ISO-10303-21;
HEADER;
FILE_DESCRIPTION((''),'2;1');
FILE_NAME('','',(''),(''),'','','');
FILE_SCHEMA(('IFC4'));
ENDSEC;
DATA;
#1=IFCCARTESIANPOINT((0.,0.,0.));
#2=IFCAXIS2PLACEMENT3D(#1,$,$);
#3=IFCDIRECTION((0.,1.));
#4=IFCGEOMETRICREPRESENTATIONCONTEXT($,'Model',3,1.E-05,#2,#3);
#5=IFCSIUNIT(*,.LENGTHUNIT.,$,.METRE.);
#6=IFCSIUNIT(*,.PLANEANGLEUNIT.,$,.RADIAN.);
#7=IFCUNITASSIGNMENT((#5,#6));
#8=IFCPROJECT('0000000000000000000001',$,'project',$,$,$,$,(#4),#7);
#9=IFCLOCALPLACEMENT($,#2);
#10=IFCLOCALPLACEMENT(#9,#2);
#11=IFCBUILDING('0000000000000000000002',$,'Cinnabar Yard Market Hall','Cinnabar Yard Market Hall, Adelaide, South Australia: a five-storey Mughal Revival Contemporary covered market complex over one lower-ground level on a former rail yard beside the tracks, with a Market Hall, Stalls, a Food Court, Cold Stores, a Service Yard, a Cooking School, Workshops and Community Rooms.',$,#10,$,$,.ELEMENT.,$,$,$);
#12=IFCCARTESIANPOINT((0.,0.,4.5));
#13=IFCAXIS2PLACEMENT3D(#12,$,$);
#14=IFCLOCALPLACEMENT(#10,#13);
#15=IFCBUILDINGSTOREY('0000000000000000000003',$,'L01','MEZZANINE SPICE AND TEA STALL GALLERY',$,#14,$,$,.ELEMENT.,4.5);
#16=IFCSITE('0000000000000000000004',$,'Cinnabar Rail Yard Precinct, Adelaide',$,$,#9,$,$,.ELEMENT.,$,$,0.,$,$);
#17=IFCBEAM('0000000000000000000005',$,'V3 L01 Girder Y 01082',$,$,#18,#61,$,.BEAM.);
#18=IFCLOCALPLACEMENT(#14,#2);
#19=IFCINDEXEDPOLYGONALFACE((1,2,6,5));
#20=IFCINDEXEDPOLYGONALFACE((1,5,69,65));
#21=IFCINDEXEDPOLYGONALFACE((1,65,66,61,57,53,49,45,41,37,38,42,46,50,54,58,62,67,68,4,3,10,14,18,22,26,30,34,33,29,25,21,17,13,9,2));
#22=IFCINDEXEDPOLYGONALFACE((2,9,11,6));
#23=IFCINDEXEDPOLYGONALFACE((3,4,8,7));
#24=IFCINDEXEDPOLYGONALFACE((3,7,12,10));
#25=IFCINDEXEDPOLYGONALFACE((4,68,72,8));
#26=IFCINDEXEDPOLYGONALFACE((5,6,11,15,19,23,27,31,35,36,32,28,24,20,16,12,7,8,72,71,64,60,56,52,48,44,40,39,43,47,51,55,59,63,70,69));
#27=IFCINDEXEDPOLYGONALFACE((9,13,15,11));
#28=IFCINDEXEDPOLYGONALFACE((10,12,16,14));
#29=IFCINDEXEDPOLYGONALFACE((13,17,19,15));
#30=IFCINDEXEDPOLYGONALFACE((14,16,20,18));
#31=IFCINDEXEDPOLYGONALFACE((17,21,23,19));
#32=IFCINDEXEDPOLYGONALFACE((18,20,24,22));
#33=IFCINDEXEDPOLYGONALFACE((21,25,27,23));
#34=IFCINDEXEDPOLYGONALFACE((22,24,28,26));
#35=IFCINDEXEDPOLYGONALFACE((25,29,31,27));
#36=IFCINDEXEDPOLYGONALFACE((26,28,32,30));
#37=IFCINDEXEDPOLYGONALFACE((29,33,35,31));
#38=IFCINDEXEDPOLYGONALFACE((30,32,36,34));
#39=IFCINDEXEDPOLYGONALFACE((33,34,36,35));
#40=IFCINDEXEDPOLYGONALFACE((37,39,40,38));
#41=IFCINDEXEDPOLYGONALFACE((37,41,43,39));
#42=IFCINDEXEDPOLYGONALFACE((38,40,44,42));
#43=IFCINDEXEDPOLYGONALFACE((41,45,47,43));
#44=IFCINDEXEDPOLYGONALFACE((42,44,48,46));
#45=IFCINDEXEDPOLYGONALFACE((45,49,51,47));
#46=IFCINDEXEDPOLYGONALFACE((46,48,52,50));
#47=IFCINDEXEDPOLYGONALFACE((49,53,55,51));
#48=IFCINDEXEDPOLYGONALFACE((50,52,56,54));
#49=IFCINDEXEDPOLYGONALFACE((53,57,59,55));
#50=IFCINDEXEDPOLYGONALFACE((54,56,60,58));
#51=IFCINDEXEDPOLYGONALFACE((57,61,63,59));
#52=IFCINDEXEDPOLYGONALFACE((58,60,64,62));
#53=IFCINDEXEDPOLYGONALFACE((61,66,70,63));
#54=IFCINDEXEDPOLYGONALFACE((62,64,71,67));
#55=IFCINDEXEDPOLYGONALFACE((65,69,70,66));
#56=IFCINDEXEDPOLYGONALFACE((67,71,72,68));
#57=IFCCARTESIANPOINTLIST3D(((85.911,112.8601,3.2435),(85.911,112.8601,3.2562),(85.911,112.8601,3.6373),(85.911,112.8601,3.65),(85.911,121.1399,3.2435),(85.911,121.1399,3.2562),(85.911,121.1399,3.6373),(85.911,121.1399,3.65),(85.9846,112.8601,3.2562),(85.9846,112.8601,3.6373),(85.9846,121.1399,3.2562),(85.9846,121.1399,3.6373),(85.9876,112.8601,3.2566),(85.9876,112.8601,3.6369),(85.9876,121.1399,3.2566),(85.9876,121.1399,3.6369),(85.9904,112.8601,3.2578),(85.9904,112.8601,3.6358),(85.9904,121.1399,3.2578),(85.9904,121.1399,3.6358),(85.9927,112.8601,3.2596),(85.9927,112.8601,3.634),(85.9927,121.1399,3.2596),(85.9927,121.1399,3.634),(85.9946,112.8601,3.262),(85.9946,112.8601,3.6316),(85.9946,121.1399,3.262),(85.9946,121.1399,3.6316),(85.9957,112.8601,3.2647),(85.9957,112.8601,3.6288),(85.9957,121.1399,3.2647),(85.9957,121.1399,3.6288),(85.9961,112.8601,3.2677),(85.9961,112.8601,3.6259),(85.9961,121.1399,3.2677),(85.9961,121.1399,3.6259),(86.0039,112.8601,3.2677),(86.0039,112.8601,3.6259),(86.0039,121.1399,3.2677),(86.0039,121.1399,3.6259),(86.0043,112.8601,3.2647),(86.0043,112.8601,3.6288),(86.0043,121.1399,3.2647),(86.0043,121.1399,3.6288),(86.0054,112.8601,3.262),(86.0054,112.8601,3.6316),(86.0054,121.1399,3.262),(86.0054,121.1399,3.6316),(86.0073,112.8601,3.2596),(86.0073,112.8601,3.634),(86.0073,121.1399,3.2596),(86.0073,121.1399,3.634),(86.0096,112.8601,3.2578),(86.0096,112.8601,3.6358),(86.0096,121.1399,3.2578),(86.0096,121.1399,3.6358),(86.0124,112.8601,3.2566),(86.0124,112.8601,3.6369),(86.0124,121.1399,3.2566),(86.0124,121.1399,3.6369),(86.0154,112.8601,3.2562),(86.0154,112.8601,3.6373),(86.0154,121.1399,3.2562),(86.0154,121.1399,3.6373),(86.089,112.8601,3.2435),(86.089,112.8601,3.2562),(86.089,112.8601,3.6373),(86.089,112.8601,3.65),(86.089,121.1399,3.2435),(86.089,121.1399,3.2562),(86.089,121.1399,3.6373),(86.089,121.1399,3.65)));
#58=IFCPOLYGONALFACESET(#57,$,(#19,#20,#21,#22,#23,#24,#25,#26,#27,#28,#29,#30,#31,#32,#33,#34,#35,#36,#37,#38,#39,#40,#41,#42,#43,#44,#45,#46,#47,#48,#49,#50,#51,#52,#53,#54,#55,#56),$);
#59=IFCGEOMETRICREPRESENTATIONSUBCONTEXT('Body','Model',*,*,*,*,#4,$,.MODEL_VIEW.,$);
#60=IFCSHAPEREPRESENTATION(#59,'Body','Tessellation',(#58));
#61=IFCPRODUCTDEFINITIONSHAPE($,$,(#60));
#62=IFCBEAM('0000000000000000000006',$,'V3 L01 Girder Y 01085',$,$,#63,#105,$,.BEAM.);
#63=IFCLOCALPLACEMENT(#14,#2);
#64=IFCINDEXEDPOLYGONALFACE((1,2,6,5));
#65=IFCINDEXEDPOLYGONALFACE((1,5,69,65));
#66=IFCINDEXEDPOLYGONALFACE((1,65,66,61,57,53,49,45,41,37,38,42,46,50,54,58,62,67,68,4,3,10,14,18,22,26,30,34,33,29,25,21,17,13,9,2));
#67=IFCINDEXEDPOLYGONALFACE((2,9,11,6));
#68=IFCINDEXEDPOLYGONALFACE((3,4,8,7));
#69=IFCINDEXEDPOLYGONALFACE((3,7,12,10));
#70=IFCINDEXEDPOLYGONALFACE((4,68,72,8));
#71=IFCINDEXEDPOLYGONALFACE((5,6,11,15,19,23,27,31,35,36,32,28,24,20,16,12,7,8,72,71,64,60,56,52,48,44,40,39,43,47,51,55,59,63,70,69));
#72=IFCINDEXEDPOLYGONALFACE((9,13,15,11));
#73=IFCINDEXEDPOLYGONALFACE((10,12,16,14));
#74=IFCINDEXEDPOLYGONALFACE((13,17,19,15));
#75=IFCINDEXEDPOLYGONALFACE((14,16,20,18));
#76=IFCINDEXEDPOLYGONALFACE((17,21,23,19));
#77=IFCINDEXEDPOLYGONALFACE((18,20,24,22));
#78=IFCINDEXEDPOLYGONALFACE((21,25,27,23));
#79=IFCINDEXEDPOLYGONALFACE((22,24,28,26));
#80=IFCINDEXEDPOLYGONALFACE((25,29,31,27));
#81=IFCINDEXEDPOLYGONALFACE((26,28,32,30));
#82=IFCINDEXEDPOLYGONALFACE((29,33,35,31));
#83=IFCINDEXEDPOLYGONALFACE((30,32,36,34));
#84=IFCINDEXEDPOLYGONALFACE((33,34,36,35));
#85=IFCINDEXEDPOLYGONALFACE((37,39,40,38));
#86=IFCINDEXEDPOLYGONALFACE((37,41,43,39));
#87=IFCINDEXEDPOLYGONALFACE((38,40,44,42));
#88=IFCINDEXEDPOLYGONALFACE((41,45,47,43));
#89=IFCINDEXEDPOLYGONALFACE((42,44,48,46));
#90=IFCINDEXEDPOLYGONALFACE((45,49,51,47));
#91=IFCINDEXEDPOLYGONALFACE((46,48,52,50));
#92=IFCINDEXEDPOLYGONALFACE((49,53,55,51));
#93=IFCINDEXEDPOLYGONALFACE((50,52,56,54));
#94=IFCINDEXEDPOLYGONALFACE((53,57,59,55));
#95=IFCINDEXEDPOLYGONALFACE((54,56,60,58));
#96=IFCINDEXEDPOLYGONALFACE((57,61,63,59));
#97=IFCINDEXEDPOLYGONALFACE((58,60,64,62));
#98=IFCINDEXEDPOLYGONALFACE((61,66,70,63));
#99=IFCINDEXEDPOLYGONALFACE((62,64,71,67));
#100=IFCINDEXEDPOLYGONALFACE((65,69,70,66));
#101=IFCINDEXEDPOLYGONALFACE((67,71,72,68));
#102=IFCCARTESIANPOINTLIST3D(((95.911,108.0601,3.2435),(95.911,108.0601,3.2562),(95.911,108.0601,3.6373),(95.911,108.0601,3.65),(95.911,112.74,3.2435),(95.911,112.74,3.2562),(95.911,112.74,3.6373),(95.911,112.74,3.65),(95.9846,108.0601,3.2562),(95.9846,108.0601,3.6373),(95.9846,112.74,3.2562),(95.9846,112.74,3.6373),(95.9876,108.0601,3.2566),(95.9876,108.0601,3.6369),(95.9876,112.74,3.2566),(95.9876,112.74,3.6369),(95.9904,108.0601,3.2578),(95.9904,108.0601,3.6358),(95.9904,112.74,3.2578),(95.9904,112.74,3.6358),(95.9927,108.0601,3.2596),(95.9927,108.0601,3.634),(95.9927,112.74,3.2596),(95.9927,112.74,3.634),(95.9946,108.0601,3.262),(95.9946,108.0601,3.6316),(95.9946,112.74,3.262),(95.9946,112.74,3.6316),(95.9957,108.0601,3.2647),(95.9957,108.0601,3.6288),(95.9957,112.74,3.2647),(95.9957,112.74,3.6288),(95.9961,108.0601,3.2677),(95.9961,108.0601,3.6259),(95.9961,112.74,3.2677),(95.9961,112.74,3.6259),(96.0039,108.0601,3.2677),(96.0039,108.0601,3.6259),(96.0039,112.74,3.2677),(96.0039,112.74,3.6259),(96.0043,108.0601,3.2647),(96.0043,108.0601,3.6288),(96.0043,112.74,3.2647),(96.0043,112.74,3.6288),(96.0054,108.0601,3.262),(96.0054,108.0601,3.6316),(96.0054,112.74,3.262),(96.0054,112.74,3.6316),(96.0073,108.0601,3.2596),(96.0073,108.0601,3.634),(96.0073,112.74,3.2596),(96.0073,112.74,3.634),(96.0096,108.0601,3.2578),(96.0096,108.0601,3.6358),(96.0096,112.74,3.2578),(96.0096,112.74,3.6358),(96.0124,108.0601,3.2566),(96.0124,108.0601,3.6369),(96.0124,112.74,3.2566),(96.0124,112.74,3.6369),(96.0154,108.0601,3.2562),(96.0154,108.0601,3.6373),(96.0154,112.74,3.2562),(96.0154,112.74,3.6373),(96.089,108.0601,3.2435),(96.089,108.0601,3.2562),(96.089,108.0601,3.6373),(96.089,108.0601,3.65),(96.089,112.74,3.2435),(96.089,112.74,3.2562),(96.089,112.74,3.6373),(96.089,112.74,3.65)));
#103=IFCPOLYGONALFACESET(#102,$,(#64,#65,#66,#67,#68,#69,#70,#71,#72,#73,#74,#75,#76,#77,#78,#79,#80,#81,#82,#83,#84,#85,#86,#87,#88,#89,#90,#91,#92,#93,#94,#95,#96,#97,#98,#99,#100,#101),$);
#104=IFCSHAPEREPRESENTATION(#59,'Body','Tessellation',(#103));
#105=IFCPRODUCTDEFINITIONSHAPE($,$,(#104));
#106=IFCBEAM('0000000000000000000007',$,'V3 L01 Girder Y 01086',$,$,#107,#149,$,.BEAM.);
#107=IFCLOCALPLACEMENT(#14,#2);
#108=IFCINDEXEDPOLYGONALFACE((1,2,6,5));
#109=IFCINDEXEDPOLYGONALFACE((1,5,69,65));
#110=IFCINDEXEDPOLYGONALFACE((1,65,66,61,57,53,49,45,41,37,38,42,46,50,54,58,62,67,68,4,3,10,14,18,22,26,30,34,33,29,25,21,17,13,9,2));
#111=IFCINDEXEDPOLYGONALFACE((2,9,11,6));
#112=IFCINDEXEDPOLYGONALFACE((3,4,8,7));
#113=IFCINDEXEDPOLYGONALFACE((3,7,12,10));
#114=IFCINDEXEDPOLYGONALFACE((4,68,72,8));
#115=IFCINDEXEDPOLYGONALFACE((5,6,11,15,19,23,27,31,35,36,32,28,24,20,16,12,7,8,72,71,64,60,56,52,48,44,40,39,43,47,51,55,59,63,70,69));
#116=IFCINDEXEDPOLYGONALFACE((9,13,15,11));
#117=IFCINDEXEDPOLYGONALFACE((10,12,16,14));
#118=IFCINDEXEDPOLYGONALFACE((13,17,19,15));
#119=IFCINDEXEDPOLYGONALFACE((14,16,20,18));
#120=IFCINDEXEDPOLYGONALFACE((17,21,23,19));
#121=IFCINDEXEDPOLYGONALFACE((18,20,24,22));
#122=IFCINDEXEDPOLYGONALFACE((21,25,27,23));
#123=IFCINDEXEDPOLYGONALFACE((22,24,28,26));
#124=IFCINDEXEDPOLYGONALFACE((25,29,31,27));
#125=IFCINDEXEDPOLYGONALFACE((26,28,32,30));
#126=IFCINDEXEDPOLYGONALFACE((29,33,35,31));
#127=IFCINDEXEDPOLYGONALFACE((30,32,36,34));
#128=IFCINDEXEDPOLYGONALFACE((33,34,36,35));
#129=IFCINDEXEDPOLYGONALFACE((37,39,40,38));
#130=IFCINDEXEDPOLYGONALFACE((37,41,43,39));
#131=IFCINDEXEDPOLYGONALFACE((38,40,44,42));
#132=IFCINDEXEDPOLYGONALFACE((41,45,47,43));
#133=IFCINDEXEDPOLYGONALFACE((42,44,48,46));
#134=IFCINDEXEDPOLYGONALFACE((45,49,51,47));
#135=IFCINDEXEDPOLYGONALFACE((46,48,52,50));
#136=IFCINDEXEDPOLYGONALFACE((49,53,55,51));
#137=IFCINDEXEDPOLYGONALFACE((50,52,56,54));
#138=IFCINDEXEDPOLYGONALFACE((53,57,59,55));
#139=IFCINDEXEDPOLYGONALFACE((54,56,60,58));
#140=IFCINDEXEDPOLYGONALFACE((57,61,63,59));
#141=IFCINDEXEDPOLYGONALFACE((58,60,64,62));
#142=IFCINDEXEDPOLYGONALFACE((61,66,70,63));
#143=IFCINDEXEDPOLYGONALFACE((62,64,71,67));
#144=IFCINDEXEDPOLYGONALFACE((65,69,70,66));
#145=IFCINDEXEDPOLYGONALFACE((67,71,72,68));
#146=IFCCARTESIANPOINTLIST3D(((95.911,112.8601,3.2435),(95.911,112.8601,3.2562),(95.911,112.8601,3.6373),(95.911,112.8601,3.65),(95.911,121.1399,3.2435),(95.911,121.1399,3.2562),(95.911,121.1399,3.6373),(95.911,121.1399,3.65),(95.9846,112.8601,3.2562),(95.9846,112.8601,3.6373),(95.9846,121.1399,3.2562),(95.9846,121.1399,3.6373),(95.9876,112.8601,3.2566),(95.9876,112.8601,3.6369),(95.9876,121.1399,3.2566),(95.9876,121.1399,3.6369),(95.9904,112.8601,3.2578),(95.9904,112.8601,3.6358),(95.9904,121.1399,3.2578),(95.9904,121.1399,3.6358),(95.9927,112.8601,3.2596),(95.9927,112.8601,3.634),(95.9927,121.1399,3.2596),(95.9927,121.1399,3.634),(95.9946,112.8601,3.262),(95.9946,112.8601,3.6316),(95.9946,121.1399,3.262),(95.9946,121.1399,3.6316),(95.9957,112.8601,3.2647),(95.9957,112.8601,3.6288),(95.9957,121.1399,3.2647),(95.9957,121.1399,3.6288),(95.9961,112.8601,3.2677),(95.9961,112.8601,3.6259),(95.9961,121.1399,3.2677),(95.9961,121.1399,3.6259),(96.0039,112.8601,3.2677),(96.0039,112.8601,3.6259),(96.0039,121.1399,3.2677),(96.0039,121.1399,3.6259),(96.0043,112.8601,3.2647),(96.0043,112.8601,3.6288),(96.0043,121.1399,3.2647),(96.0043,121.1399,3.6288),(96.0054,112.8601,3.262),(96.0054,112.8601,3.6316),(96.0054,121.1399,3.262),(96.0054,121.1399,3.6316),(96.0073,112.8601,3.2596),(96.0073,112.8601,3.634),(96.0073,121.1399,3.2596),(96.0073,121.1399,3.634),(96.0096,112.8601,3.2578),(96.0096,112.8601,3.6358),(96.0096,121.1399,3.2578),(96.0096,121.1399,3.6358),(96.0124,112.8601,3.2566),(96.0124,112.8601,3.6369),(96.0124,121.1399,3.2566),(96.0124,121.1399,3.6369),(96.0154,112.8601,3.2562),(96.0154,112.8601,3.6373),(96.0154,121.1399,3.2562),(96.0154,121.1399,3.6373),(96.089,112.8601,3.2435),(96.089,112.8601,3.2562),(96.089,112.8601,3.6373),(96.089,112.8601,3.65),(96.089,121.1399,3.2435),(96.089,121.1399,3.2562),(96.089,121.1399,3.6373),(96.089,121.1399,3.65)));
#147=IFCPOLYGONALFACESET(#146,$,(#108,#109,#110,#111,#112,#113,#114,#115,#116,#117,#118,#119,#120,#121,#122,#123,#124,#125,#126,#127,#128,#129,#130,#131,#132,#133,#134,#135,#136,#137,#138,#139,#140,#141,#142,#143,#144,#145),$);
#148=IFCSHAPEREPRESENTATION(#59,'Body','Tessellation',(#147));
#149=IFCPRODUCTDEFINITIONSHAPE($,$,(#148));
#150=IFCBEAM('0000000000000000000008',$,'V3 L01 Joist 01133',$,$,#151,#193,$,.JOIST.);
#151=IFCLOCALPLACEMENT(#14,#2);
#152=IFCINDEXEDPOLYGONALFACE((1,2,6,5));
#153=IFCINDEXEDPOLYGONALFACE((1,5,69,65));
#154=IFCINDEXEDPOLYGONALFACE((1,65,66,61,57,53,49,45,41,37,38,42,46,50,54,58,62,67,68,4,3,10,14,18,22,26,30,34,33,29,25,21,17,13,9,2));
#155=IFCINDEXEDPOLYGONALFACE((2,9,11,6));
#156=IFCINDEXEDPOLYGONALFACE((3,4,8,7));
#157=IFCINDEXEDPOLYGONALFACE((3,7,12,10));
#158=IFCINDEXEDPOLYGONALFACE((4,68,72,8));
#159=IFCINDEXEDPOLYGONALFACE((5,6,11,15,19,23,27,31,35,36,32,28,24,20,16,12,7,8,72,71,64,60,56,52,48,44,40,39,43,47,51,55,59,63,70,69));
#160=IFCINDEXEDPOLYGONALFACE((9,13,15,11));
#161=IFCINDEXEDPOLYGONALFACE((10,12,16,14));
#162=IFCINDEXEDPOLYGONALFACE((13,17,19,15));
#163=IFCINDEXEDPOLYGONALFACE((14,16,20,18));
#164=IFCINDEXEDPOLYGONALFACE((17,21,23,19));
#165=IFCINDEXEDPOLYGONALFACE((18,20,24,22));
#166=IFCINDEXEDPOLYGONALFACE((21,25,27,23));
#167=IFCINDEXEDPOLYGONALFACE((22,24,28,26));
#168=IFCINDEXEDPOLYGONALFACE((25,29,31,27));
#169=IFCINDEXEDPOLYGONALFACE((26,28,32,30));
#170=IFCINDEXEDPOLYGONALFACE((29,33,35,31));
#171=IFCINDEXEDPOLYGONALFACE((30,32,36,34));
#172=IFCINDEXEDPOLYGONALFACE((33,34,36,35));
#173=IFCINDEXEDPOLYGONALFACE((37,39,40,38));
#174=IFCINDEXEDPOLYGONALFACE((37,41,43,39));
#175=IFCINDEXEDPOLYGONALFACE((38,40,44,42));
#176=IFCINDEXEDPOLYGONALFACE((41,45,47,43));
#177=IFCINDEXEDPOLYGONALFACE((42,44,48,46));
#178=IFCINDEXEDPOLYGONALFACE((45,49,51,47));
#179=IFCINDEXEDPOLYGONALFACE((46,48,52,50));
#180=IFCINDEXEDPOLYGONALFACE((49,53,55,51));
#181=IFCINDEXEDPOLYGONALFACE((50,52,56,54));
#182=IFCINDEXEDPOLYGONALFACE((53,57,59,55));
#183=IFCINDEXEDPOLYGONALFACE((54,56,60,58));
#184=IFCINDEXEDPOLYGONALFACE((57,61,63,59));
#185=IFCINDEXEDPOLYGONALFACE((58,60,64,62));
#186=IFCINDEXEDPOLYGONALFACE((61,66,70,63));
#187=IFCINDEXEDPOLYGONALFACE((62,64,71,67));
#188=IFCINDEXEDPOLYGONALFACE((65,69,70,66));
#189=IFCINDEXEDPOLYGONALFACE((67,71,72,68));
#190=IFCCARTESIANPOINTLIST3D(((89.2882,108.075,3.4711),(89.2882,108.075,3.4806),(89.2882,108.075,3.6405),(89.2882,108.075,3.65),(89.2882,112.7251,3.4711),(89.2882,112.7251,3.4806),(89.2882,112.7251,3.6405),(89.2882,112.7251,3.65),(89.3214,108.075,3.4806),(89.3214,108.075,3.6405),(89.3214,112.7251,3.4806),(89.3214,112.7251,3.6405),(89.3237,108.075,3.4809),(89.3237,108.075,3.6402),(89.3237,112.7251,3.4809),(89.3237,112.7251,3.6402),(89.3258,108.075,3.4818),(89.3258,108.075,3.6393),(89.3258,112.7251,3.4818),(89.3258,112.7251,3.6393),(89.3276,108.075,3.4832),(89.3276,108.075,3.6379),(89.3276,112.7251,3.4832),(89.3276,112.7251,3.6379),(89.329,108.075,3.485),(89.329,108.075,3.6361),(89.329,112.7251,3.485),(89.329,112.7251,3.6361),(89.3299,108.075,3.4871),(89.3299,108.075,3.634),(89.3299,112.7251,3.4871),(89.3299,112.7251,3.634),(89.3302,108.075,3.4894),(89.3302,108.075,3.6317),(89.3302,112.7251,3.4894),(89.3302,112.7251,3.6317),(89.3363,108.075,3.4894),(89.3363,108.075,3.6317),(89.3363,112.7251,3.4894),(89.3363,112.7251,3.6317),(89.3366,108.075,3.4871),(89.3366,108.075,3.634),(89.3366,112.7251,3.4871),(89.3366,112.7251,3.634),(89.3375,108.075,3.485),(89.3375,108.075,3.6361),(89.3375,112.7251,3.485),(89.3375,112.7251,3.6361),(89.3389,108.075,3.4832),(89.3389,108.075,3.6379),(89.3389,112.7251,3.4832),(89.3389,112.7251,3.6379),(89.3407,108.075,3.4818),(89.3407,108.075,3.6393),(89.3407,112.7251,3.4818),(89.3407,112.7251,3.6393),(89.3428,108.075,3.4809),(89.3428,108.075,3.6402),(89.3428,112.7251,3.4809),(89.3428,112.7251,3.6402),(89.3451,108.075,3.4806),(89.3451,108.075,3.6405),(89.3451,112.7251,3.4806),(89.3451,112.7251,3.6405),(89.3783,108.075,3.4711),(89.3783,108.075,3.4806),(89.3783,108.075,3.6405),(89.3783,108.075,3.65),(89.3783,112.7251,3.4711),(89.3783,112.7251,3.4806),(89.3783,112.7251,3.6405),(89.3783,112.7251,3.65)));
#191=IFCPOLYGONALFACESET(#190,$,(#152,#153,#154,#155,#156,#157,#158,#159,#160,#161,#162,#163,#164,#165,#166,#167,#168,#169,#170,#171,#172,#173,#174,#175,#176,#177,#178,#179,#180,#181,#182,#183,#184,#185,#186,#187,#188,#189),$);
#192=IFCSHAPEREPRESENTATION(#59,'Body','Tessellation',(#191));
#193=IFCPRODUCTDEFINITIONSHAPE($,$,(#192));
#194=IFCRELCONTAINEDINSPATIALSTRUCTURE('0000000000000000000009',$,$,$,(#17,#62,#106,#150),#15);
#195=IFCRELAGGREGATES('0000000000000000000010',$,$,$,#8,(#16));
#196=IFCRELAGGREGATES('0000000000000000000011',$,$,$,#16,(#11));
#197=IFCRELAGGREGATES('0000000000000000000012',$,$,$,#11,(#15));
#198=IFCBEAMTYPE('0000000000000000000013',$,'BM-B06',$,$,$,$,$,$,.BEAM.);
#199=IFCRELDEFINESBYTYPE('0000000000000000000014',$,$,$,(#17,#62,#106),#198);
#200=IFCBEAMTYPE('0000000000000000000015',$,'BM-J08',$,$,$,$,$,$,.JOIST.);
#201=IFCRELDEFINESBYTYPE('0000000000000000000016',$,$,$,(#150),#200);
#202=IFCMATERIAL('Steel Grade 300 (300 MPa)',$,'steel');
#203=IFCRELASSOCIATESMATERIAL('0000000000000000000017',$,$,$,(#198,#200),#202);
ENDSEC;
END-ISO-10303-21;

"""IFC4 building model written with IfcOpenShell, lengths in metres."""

from ifc_helpers import new_model, si_unit, direction, frame, origin, origin_2d_with_axis, place, context, subcontext, project, spatial, i_section, extrude, material, material_profile, profile_set, type_object, element, save


model = new_model("IFC4")

# Units and contexts
model_context = context("Model", 3, precision=1e-05, world=origin(), true_north=direction((0.0, 1.0)))
body_context = subcontext(model_context, "Body", "Model", "MODEL_VIEW")
ifc_project = project(units=[si_unit("LENGTHUNIT", "METRE"), si_unit("PLANEANGLEUNIT", "RADIAN")], contexts=[model_context])

# Site, building, storey
site_placement = place(None, origin())
site = spatial("IfcSite", under=ifc_project, at=site_placement, Name="Cinnabar Rail Yard Precinct, Adelaide", CompositionType="ELEMENT", RefElevation=0.0)
building_placement = place(site_placement, origin())
building = spatial("IfcBuilding", under=site, at=building_placement, Name="Cinnabar Yard Market Hall", Description="Cinnabar Yard Market Hall, Adelaide, South Australia: a five-storey Mughal Revival Contemporary covered market complex over one lower-ground level on a former rail yard beside the tracks, with a Market Hall, Stalls, a Food Court, Cold Stores, a Service Yard, a Cooking School, Workshops and Community Rooms.", CompositionType="ELEMENT")
storey_placement = place(building_placement, frame((0.0, 0.0, 4.5)))
storey = spatial("IfcBuildingStorey", under=building, at=storey_placement, Name="L01", Description="MEZZANINE SPICE AND TEA STALL GALLERY", CompositionType="ELEMENT", Elevation=4.5)

# Shared definitions
ifc_material_1 = material(Name="Steel Grade 300 (300 MPa)", Category="steel")

# Beams
ifc_material_profile_1 = material_profile(ifc_material_1, i_section(OverallWidth=0.178, OverallDepth=0.4065, WebThickness=0.0078, FlangeThickness=0.0127, FilletRadius=0.0115, at=origin_2d_with_axis()), Name="410UB59.7")
ifc_profile_set_1 = profile_set([ifc_material_profile_1], Name="Steel Grade 300 (300 MPa)")
beam_type_1 = type_object("IfcBeamType", Name="BM-B06", PredefinedType="BEAM", material=ifc_profile_set_1)
beam_1_placement = place(storey_placement, frame((86.0, 112.8601, 3.4468), z_axis=(0.0, 1.0, 0.0), x_axis=(-1.0, 0.0, 0.0)))
element("IfcBeam", 1, at=beam_1_placement, inside=storey, type_object=beam_type_1, Name="V3 L01 Girder Y 01082", PredefinedType="BEAM", context=body_context, shape_type="SweptSolid", body=[
    extrude(i_section(OverallWidth=0.178, OverallDepth=0.4065, WebThickness=0.0078, FlangeThickness=0.0127, FilletRadius=0.0115, at=origin_2d_with_axis()), origin(), (0.0, 0.0, 1.0), 8.2798),
])
beam_2_placement = place(storey_placement, frame((96.0, 108.0601, 3.4468), z_axis=(0.0, 1.0, 0.0), x_axis=(-1.0, 0.0, 0.0)))
element("IfcBeam", 2, at=beam_2_placement, inside=storey, type_object=beam_type_1, Name="V3 L01 Girder Y 01085", PredefinedType="BEAM", context=body_context, shape_type="SweptSolid", body=[
    extrude(i_section(OverallWidth=0.178, OverallDepth=0.4065, WebThickness=0.0078, FlangeThickness=0.0127, FilletRadius=0.0115, at=origin_2d_with_axis()), origin(), (0.0, 0.0, 1.0), 4.6799),
])
beam_3_placement = place(storey_placement, frame((96.0, 112.8601, 3.4468), z_axis=(0.0, 1.0, 0.0), x_axis=(-1.0, 0.0, 0.0)))
element("IfcBeam", 3, at=beam_3_placement, inside=storey, type_object=beam_type_1, Name="V3 L01 Girder Y 01086", PredefinedType="BEAM", context=body_context, shape_type="SweptSolid", body=[
    extrude(i_section(OverallWidth=0.178, OverallDepth=0.4065, WebThickness=0.0078, FlangeThickness=0.0127, FilletRadius=0.0115, at=origin_2d_with_axis()), origin(), (0.0, 0.0, 1.0), 8.2798),
])
ifc_material_profile_2 = material_profile(ifc_material_1, i_section(OverallWidth=0.0901, OverallDepth=0.179, WebThickness=0.0061, FlangeThickness=0.0095, FilletRadius=0.0088, at=origin_2d_with_axis()), Name="180UB22.2")
ifc_profile_set_2 = profile_set([ifc_material_profile_2], Name="Steel Grade 300 (300 MPa)")
beam_type_2 = type_object("IfcBeamType", Name="BM-J08", PredefinedType="JOIST", material=ifc_profile_set_2)
for number, where, z_axis, x_axis, name in (
    (4, (89.3333, 108.075, 3.5605), (0.0, 1.0, 0.0), (-1.0, 0.0, 0.0), "V3 L01 Joist 01133"),
):
    element("IfcBeam", number, at=place(storey_placement, frame(where, z_axis=z_axis, x_axis=x_axis)), inside=storey, type_object=beam_type_2, Name=name, PredefinedType="JOIST", context=body_context, shape_type="SweptSolid", body=[
        extrude(i_section(OverallWidth=0.0901, OverallDepth=0.179, WebThickness=0.0061, FlangeThickness=0.0095, FilletRadius=0.0088, at=origin_2d_with_axis()), origin(), (0.0, 0.0, 1.0), 4.6501),
    ])

save(model, "model.ifc")
